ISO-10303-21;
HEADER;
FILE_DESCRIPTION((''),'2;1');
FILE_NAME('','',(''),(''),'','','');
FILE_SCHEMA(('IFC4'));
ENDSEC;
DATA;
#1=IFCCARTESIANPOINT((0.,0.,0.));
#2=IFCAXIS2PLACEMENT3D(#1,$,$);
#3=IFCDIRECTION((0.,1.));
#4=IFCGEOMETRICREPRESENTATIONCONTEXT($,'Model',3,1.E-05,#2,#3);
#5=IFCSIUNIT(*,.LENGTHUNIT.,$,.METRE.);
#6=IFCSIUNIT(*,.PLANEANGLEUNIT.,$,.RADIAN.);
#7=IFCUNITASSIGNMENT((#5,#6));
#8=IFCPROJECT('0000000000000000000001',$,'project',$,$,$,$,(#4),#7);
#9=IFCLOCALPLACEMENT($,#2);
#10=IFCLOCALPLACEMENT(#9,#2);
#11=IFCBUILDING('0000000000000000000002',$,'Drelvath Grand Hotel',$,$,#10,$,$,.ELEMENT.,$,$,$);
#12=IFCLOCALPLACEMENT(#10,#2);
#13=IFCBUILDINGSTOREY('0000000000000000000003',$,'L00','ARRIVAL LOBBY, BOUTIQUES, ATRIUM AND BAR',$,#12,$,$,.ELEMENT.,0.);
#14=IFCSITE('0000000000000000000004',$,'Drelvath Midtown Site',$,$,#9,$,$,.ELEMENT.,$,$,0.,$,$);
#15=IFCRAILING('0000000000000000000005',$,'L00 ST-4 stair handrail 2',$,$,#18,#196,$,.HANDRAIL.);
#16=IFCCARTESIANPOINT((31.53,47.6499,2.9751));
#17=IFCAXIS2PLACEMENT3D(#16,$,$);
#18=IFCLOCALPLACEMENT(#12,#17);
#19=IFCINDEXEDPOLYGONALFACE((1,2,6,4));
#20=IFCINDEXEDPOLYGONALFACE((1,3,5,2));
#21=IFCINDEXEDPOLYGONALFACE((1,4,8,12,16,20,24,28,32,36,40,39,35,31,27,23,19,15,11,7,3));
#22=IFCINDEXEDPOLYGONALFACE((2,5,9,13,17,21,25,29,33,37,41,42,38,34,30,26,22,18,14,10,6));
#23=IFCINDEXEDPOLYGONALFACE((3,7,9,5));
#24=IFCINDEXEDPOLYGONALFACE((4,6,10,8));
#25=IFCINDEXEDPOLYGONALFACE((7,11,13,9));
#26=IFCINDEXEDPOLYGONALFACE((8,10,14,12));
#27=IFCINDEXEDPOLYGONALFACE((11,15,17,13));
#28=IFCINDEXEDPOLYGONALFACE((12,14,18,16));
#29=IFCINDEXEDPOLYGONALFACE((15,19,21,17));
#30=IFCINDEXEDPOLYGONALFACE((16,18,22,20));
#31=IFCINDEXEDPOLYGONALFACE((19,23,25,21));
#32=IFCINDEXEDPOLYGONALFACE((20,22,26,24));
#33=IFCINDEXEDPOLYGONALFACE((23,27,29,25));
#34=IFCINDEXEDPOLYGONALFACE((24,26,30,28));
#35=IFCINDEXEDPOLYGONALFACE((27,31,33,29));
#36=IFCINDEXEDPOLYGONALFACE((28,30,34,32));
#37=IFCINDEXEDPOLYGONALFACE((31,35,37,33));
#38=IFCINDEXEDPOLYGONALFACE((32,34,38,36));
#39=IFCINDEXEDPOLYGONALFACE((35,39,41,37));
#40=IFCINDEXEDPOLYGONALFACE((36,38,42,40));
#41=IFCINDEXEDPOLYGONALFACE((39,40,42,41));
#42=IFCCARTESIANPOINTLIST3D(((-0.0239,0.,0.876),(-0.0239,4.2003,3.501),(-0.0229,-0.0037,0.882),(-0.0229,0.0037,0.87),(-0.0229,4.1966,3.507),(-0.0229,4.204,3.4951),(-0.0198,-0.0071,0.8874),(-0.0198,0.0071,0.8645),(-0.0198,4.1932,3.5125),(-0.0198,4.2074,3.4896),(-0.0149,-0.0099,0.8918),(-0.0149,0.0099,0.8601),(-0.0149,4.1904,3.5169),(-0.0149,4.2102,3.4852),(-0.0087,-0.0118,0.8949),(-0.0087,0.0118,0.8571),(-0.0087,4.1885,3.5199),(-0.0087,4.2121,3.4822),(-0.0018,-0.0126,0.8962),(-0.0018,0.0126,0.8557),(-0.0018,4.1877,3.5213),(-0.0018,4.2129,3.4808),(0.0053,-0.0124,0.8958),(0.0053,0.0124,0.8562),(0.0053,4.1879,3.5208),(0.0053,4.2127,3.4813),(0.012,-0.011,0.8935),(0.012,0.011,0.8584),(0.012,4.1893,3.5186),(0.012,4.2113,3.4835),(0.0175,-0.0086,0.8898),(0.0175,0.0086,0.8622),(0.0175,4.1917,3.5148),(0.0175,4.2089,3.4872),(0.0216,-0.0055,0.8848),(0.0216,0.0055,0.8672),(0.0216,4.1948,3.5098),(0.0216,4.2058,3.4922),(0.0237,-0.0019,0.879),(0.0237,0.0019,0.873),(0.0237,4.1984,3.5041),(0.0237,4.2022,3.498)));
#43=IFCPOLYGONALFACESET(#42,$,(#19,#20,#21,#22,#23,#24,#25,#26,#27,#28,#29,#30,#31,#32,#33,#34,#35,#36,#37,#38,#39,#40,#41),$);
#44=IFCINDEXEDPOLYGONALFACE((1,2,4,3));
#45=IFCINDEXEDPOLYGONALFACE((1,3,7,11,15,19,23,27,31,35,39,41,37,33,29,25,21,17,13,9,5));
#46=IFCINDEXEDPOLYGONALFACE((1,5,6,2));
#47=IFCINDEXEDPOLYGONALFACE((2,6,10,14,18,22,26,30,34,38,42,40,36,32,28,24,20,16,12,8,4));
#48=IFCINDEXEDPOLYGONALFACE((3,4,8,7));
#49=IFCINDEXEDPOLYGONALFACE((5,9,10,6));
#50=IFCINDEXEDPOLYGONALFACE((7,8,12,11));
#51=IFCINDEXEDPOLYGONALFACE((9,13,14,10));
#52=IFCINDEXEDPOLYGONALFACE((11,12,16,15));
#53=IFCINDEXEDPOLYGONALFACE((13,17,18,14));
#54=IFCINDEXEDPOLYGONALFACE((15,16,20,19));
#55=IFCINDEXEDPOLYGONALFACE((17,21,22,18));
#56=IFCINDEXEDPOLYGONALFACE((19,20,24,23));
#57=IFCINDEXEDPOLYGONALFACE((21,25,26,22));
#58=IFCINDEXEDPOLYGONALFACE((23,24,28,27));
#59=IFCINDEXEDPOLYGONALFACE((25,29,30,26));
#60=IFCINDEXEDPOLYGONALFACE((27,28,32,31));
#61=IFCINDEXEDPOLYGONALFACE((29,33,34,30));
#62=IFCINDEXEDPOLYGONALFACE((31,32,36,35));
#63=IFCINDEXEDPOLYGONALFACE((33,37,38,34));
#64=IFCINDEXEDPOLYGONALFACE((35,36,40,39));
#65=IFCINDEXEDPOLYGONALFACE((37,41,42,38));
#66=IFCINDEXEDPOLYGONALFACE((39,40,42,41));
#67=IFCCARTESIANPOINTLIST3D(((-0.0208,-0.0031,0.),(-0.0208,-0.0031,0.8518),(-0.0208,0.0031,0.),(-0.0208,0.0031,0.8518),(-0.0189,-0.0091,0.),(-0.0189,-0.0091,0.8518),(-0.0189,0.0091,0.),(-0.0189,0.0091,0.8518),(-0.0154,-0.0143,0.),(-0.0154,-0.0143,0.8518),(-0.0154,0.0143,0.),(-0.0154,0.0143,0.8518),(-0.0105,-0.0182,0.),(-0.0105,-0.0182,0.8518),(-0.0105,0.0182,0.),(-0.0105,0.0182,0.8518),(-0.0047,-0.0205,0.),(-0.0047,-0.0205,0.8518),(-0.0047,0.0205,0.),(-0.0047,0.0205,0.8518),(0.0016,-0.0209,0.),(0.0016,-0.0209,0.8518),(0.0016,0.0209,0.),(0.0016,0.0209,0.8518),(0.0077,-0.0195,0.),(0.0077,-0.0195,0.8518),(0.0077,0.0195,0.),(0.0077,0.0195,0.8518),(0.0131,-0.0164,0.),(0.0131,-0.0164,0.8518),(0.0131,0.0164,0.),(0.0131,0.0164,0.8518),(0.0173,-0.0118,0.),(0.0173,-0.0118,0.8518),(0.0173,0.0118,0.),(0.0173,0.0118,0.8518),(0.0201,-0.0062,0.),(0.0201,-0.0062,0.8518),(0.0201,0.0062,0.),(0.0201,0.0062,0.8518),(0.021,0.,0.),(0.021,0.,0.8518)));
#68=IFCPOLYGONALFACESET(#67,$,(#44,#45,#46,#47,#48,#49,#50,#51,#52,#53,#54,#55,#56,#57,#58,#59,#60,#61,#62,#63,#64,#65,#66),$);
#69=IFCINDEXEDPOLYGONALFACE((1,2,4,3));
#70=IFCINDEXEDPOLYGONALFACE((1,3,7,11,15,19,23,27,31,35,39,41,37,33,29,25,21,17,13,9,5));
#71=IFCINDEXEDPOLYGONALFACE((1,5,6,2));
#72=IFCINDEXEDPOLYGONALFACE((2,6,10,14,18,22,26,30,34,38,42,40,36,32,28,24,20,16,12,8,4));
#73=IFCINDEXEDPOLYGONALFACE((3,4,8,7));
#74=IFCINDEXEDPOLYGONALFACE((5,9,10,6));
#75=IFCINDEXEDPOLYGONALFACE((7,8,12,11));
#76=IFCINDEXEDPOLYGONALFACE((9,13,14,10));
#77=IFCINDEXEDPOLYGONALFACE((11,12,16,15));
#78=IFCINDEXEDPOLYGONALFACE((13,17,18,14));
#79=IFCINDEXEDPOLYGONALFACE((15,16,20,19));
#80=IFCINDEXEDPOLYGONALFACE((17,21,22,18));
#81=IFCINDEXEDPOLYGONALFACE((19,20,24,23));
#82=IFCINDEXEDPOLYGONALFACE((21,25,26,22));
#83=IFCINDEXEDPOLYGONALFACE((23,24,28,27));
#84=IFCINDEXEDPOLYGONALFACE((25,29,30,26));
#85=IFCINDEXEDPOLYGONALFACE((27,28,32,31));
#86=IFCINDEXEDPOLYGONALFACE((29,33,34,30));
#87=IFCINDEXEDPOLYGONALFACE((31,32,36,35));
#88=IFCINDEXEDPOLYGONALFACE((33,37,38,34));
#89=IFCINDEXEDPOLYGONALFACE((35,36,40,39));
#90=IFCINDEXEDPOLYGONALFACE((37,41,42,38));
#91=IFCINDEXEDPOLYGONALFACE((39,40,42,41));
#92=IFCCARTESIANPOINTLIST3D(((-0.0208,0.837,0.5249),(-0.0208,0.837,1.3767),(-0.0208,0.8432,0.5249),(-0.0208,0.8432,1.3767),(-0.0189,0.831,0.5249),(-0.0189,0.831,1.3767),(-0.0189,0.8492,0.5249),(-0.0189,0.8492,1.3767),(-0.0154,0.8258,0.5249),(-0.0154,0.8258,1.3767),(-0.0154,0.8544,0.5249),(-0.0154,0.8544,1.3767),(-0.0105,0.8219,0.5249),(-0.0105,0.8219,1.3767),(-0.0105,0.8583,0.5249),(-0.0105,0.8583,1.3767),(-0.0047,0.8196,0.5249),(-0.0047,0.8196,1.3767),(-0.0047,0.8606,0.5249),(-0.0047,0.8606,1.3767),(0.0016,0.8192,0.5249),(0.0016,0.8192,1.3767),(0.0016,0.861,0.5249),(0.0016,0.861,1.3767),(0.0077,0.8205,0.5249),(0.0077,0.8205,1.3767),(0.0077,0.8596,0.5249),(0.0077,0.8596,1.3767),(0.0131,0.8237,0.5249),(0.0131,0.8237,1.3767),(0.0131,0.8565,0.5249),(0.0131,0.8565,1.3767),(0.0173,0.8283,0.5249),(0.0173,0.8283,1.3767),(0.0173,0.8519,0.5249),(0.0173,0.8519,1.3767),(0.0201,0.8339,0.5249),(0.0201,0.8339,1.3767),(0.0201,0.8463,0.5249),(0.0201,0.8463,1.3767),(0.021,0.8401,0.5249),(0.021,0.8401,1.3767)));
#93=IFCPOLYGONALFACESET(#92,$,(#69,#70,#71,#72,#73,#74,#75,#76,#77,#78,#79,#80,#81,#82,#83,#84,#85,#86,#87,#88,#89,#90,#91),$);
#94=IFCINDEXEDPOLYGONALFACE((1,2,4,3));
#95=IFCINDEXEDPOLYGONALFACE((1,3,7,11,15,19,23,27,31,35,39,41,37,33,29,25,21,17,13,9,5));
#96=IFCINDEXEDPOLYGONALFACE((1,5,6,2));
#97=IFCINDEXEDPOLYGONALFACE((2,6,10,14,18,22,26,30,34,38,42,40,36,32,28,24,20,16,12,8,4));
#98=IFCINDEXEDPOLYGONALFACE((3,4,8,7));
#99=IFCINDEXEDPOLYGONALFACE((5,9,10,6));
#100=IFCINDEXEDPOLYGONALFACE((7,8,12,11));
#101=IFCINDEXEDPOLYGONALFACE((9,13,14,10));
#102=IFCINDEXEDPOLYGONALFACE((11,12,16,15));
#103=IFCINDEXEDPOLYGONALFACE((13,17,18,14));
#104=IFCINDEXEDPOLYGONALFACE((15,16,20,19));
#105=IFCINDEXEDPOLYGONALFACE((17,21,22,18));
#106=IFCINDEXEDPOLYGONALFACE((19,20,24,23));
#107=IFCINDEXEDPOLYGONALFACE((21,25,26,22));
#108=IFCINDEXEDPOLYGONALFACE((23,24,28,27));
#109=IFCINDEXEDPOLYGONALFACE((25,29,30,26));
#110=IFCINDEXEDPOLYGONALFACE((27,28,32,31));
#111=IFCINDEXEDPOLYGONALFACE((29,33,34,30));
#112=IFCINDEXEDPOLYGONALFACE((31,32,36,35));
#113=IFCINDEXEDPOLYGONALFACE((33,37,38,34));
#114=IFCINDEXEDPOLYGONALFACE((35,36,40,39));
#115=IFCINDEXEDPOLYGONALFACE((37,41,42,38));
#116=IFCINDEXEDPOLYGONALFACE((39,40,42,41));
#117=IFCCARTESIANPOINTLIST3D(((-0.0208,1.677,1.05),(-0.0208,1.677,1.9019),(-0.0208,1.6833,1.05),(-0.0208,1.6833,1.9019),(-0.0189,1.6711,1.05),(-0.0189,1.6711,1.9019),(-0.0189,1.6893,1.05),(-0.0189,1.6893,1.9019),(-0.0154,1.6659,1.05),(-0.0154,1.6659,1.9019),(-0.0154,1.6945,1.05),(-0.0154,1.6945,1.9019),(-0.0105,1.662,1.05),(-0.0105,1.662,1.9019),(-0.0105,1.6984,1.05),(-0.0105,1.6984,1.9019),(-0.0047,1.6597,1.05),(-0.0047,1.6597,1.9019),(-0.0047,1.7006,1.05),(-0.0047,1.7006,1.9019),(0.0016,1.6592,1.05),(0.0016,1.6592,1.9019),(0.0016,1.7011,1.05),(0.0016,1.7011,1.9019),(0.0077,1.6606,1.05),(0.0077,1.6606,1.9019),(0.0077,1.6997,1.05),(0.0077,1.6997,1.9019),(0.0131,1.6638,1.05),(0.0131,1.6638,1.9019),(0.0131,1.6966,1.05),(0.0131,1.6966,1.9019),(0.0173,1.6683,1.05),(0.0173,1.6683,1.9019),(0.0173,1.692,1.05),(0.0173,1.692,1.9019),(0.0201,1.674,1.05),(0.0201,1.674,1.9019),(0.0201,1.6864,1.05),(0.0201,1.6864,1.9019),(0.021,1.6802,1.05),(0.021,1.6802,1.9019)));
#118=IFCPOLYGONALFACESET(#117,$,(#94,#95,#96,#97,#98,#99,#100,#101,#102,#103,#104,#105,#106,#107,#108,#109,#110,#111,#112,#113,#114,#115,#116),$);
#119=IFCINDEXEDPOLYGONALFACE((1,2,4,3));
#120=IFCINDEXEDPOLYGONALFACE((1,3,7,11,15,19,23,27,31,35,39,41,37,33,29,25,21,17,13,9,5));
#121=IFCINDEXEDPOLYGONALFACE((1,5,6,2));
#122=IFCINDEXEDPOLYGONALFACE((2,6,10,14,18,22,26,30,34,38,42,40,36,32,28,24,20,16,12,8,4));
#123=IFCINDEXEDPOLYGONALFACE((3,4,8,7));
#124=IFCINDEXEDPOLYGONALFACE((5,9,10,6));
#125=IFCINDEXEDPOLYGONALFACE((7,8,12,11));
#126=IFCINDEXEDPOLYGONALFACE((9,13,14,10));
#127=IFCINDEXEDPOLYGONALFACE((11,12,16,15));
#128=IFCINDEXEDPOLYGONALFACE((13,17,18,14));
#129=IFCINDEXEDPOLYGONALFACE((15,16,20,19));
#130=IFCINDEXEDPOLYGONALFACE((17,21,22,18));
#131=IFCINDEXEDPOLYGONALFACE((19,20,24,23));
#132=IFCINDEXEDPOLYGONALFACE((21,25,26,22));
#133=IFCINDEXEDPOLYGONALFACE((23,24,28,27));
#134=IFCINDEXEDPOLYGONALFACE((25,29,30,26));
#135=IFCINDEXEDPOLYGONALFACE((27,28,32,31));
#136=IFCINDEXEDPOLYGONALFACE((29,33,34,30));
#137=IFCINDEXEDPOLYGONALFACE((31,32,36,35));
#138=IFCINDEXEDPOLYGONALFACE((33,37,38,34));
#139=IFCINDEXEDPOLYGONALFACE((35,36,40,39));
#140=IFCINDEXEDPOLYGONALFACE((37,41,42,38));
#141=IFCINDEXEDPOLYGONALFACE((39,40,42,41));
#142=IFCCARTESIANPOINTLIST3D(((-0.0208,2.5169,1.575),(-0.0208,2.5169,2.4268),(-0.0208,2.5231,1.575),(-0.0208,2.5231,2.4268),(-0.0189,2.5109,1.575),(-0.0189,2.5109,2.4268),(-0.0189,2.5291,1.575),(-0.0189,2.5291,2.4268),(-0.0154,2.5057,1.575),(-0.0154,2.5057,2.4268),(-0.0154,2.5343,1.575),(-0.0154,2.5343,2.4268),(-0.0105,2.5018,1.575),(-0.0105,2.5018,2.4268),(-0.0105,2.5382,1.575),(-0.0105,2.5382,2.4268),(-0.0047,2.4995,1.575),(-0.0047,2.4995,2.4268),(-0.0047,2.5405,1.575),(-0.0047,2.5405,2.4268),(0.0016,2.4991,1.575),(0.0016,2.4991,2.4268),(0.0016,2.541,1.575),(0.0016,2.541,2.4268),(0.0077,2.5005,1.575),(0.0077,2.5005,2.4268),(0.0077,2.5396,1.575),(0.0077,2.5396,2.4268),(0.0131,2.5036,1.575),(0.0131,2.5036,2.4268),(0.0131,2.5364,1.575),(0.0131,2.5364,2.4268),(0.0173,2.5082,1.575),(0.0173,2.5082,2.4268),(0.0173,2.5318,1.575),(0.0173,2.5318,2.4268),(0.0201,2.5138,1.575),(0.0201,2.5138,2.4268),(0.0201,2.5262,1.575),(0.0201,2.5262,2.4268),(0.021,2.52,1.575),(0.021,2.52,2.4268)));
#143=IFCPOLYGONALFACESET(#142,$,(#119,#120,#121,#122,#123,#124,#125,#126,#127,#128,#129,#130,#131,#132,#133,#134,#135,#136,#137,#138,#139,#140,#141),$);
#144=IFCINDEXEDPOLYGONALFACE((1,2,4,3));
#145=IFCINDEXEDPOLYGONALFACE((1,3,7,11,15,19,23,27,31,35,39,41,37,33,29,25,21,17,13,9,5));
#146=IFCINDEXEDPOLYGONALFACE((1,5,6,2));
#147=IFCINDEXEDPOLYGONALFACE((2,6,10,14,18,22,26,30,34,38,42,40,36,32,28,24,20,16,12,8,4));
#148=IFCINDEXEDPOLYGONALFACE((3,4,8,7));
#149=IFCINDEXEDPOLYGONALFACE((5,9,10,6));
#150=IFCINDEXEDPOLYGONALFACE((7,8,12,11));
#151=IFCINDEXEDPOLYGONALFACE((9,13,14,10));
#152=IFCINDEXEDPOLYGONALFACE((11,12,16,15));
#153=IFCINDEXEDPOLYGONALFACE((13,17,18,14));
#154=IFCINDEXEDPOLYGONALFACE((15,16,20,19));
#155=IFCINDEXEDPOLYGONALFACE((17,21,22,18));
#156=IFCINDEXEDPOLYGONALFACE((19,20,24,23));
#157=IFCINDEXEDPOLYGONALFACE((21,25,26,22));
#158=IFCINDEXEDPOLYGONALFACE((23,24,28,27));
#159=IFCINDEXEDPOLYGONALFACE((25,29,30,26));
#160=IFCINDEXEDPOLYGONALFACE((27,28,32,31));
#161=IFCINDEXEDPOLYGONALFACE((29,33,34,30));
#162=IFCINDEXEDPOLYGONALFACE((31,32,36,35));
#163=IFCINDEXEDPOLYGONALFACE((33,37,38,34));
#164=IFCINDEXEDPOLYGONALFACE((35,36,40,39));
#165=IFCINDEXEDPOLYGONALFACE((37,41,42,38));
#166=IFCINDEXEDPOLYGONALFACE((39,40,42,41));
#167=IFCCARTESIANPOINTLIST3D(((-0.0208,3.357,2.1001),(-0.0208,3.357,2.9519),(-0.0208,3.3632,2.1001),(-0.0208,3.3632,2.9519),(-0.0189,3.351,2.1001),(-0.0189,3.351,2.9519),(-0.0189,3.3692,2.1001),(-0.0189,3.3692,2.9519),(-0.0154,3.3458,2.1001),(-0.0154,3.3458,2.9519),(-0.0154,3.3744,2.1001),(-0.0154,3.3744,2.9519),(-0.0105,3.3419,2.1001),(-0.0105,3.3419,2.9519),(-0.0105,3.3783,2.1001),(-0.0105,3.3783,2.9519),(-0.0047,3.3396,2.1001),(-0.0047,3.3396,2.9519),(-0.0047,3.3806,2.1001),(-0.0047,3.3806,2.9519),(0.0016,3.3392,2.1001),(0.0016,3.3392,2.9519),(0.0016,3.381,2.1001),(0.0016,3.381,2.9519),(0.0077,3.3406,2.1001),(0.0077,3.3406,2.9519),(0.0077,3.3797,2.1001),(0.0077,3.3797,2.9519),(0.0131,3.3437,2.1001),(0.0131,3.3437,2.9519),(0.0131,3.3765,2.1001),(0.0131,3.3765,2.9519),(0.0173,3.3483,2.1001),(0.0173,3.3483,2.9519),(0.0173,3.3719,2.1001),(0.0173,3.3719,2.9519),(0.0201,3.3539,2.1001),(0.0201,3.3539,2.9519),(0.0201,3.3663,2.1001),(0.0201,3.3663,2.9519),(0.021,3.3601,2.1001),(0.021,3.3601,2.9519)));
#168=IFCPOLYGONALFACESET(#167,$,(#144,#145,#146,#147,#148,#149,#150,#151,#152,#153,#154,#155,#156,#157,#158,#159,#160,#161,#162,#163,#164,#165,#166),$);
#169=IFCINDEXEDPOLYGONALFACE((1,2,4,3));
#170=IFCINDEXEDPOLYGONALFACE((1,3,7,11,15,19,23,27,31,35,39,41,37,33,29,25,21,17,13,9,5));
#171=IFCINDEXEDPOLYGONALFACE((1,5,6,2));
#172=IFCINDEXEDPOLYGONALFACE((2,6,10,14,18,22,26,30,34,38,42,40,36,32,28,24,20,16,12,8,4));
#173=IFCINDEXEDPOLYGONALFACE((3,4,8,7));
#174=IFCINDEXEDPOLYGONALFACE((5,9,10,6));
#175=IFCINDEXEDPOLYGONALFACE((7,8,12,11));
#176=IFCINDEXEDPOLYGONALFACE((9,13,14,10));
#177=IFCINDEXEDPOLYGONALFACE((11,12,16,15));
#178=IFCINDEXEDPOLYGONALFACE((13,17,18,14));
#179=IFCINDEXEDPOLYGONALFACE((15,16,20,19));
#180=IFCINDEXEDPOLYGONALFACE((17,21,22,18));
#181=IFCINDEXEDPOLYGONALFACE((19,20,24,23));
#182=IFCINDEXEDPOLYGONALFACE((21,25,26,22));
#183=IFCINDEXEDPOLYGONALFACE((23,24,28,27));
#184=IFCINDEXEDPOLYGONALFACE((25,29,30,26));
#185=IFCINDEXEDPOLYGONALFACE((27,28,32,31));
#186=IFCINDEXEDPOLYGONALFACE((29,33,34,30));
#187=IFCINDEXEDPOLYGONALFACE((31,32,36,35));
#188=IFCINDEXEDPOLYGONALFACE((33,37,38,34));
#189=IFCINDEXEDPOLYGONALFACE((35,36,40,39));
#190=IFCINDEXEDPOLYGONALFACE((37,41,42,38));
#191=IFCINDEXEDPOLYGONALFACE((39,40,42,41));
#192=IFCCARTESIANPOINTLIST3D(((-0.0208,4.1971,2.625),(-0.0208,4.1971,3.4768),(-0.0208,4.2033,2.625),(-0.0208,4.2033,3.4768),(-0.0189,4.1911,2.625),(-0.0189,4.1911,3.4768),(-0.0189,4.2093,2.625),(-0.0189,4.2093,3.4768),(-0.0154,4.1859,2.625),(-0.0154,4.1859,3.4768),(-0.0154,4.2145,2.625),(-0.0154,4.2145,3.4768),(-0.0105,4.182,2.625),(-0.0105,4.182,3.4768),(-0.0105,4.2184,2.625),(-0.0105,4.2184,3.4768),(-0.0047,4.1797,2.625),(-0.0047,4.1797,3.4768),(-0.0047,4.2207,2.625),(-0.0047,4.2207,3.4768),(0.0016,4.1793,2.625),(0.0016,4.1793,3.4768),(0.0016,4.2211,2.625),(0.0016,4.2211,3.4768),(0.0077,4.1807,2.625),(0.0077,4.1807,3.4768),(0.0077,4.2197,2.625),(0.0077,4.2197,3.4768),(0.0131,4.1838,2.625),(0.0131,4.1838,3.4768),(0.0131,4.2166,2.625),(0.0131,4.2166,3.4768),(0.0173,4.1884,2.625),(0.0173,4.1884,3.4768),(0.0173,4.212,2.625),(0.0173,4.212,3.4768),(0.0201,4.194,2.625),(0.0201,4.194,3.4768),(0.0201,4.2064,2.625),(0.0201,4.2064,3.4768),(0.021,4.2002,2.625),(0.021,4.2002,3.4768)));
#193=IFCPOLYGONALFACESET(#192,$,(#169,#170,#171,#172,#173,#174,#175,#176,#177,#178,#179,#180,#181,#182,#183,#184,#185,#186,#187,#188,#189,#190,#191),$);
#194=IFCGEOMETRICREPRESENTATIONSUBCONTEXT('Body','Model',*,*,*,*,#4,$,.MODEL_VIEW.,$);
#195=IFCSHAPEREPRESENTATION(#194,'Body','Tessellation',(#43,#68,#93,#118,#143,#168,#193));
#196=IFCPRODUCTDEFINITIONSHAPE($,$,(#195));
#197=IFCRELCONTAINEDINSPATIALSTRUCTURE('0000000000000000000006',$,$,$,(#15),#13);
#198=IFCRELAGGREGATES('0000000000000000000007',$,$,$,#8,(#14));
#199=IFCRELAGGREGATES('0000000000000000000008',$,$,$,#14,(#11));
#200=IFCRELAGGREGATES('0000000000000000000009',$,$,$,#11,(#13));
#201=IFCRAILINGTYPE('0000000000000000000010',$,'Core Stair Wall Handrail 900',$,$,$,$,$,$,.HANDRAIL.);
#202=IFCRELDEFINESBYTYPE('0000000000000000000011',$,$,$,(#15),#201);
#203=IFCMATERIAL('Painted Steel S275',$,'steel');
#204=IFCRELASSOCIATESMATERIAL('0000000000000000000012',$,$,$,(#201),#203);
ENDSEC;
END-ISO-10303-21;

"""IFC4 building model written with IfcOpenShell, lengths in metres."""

from ifc_helpers import new_model, si_unit, direction, frame, origin, origin_2d, place, context, subcontext, project, spatial, circle, extrude, material, type_object, element, save


model = new_model("IFC4")

# Units and contexts
model_context = context("Model", 3, precision=1e-05, world=origin(), true_north=direction((0.0, 1.0)))
body_context = subcontext(model_context, "Body", "Model", "MODEL_VIEW")
ifc_project = project(units=[si_unit("LENGTHUNIT", "METRE"), si_unit("PLANEANGLEUNIT", "RADIAN")], contexts=[model_context])

# Site, building, storey
site_placement = place(None, origin())
site = spatial("IfcSite", under=ifc_project, at=site_placement, Name="Drelvath Midtown Site", CompositionType="ELEMENT", RefElevation=0.0)
building_placement = place(site_placement, origin())
building = spatial("IfcBuilding", under=site, at=building_placement, Name="Drelvath Grand Hotel", CompositionType="ELEMENT")
storey_placement = place(building_placement, origin())
storey = spatial("IfcBuildingStorey", under=building, at=storey_placement, Name="L00", Description="ARRIVAL LOBBY, BOUTIQUES, ATRIUM AND BAR", CompositionType="ELEMENT", Elevation=0.0)

# Shared definitions
ifc_material_1 = material(Name="Painted Steel S275", Category="steel")

# Railing
railing_type_1 = type_object("IfcRailingType", Name="Core Stair Wall Handrail 900", PredefinedType="HANDRAIL", material=ifc_material_1)
railing_1_placement = place(storey_placement, frame((31.53, 47.6499, 2.9751)))
element("IfcRailing", 1, at=railing_1_placement, inside=storey, type_object=railing_type_1, Name="L00 ST-4 stair handrail 2", PredefinedType="HANDRAIL", context=body_context, shape_type="SweptSolid", body=[
    extrude(circle(Radius=0.0239, at=origin_2d()), frame((0.0, 0.0, 0.876), z_axis=(0.0, 0.848009, 0.529981), x_axis=(-1.0, 0.0, 0.0)), (0.0, 0.0, 1.0), 4.9531),
    extrude(circle(Radius=0.021, at=origin_2d()), origin(), (0.0, 0.0, 1.0), 0.8518),
    extrude(circle(Radius=0.021, at=origin_2d()), frame((0.0, 0.8401, 0.5249)), (0.0, 0.0, 1.0), 0.8518),
    extrude(circle(Radius=0.021, at=origin_2d()), frame((0.0, 1.6802, 1.05)), (0.0, 0.0, 1.0), 0.8518),
    extrude(circle(Radius=0.021, at=origin_2d()), frame((0.0, 2.52, 1.575)), (0.0, 0.0, 1.0), 0.8518),
    extrude(circle(Radius=0.021, at=origin_2d()), frame((0.0, 3.3601, 2.1001)), (0.0, 0.0, 1.0), 0.8518),
    extrude(circle(Radius=0.021, at=origin_2d()), frame((0.0, 4.2002, 2.625)), (0.0, 0.0, 1.0), 0.8518),
])

save(model, "model.ifc")
